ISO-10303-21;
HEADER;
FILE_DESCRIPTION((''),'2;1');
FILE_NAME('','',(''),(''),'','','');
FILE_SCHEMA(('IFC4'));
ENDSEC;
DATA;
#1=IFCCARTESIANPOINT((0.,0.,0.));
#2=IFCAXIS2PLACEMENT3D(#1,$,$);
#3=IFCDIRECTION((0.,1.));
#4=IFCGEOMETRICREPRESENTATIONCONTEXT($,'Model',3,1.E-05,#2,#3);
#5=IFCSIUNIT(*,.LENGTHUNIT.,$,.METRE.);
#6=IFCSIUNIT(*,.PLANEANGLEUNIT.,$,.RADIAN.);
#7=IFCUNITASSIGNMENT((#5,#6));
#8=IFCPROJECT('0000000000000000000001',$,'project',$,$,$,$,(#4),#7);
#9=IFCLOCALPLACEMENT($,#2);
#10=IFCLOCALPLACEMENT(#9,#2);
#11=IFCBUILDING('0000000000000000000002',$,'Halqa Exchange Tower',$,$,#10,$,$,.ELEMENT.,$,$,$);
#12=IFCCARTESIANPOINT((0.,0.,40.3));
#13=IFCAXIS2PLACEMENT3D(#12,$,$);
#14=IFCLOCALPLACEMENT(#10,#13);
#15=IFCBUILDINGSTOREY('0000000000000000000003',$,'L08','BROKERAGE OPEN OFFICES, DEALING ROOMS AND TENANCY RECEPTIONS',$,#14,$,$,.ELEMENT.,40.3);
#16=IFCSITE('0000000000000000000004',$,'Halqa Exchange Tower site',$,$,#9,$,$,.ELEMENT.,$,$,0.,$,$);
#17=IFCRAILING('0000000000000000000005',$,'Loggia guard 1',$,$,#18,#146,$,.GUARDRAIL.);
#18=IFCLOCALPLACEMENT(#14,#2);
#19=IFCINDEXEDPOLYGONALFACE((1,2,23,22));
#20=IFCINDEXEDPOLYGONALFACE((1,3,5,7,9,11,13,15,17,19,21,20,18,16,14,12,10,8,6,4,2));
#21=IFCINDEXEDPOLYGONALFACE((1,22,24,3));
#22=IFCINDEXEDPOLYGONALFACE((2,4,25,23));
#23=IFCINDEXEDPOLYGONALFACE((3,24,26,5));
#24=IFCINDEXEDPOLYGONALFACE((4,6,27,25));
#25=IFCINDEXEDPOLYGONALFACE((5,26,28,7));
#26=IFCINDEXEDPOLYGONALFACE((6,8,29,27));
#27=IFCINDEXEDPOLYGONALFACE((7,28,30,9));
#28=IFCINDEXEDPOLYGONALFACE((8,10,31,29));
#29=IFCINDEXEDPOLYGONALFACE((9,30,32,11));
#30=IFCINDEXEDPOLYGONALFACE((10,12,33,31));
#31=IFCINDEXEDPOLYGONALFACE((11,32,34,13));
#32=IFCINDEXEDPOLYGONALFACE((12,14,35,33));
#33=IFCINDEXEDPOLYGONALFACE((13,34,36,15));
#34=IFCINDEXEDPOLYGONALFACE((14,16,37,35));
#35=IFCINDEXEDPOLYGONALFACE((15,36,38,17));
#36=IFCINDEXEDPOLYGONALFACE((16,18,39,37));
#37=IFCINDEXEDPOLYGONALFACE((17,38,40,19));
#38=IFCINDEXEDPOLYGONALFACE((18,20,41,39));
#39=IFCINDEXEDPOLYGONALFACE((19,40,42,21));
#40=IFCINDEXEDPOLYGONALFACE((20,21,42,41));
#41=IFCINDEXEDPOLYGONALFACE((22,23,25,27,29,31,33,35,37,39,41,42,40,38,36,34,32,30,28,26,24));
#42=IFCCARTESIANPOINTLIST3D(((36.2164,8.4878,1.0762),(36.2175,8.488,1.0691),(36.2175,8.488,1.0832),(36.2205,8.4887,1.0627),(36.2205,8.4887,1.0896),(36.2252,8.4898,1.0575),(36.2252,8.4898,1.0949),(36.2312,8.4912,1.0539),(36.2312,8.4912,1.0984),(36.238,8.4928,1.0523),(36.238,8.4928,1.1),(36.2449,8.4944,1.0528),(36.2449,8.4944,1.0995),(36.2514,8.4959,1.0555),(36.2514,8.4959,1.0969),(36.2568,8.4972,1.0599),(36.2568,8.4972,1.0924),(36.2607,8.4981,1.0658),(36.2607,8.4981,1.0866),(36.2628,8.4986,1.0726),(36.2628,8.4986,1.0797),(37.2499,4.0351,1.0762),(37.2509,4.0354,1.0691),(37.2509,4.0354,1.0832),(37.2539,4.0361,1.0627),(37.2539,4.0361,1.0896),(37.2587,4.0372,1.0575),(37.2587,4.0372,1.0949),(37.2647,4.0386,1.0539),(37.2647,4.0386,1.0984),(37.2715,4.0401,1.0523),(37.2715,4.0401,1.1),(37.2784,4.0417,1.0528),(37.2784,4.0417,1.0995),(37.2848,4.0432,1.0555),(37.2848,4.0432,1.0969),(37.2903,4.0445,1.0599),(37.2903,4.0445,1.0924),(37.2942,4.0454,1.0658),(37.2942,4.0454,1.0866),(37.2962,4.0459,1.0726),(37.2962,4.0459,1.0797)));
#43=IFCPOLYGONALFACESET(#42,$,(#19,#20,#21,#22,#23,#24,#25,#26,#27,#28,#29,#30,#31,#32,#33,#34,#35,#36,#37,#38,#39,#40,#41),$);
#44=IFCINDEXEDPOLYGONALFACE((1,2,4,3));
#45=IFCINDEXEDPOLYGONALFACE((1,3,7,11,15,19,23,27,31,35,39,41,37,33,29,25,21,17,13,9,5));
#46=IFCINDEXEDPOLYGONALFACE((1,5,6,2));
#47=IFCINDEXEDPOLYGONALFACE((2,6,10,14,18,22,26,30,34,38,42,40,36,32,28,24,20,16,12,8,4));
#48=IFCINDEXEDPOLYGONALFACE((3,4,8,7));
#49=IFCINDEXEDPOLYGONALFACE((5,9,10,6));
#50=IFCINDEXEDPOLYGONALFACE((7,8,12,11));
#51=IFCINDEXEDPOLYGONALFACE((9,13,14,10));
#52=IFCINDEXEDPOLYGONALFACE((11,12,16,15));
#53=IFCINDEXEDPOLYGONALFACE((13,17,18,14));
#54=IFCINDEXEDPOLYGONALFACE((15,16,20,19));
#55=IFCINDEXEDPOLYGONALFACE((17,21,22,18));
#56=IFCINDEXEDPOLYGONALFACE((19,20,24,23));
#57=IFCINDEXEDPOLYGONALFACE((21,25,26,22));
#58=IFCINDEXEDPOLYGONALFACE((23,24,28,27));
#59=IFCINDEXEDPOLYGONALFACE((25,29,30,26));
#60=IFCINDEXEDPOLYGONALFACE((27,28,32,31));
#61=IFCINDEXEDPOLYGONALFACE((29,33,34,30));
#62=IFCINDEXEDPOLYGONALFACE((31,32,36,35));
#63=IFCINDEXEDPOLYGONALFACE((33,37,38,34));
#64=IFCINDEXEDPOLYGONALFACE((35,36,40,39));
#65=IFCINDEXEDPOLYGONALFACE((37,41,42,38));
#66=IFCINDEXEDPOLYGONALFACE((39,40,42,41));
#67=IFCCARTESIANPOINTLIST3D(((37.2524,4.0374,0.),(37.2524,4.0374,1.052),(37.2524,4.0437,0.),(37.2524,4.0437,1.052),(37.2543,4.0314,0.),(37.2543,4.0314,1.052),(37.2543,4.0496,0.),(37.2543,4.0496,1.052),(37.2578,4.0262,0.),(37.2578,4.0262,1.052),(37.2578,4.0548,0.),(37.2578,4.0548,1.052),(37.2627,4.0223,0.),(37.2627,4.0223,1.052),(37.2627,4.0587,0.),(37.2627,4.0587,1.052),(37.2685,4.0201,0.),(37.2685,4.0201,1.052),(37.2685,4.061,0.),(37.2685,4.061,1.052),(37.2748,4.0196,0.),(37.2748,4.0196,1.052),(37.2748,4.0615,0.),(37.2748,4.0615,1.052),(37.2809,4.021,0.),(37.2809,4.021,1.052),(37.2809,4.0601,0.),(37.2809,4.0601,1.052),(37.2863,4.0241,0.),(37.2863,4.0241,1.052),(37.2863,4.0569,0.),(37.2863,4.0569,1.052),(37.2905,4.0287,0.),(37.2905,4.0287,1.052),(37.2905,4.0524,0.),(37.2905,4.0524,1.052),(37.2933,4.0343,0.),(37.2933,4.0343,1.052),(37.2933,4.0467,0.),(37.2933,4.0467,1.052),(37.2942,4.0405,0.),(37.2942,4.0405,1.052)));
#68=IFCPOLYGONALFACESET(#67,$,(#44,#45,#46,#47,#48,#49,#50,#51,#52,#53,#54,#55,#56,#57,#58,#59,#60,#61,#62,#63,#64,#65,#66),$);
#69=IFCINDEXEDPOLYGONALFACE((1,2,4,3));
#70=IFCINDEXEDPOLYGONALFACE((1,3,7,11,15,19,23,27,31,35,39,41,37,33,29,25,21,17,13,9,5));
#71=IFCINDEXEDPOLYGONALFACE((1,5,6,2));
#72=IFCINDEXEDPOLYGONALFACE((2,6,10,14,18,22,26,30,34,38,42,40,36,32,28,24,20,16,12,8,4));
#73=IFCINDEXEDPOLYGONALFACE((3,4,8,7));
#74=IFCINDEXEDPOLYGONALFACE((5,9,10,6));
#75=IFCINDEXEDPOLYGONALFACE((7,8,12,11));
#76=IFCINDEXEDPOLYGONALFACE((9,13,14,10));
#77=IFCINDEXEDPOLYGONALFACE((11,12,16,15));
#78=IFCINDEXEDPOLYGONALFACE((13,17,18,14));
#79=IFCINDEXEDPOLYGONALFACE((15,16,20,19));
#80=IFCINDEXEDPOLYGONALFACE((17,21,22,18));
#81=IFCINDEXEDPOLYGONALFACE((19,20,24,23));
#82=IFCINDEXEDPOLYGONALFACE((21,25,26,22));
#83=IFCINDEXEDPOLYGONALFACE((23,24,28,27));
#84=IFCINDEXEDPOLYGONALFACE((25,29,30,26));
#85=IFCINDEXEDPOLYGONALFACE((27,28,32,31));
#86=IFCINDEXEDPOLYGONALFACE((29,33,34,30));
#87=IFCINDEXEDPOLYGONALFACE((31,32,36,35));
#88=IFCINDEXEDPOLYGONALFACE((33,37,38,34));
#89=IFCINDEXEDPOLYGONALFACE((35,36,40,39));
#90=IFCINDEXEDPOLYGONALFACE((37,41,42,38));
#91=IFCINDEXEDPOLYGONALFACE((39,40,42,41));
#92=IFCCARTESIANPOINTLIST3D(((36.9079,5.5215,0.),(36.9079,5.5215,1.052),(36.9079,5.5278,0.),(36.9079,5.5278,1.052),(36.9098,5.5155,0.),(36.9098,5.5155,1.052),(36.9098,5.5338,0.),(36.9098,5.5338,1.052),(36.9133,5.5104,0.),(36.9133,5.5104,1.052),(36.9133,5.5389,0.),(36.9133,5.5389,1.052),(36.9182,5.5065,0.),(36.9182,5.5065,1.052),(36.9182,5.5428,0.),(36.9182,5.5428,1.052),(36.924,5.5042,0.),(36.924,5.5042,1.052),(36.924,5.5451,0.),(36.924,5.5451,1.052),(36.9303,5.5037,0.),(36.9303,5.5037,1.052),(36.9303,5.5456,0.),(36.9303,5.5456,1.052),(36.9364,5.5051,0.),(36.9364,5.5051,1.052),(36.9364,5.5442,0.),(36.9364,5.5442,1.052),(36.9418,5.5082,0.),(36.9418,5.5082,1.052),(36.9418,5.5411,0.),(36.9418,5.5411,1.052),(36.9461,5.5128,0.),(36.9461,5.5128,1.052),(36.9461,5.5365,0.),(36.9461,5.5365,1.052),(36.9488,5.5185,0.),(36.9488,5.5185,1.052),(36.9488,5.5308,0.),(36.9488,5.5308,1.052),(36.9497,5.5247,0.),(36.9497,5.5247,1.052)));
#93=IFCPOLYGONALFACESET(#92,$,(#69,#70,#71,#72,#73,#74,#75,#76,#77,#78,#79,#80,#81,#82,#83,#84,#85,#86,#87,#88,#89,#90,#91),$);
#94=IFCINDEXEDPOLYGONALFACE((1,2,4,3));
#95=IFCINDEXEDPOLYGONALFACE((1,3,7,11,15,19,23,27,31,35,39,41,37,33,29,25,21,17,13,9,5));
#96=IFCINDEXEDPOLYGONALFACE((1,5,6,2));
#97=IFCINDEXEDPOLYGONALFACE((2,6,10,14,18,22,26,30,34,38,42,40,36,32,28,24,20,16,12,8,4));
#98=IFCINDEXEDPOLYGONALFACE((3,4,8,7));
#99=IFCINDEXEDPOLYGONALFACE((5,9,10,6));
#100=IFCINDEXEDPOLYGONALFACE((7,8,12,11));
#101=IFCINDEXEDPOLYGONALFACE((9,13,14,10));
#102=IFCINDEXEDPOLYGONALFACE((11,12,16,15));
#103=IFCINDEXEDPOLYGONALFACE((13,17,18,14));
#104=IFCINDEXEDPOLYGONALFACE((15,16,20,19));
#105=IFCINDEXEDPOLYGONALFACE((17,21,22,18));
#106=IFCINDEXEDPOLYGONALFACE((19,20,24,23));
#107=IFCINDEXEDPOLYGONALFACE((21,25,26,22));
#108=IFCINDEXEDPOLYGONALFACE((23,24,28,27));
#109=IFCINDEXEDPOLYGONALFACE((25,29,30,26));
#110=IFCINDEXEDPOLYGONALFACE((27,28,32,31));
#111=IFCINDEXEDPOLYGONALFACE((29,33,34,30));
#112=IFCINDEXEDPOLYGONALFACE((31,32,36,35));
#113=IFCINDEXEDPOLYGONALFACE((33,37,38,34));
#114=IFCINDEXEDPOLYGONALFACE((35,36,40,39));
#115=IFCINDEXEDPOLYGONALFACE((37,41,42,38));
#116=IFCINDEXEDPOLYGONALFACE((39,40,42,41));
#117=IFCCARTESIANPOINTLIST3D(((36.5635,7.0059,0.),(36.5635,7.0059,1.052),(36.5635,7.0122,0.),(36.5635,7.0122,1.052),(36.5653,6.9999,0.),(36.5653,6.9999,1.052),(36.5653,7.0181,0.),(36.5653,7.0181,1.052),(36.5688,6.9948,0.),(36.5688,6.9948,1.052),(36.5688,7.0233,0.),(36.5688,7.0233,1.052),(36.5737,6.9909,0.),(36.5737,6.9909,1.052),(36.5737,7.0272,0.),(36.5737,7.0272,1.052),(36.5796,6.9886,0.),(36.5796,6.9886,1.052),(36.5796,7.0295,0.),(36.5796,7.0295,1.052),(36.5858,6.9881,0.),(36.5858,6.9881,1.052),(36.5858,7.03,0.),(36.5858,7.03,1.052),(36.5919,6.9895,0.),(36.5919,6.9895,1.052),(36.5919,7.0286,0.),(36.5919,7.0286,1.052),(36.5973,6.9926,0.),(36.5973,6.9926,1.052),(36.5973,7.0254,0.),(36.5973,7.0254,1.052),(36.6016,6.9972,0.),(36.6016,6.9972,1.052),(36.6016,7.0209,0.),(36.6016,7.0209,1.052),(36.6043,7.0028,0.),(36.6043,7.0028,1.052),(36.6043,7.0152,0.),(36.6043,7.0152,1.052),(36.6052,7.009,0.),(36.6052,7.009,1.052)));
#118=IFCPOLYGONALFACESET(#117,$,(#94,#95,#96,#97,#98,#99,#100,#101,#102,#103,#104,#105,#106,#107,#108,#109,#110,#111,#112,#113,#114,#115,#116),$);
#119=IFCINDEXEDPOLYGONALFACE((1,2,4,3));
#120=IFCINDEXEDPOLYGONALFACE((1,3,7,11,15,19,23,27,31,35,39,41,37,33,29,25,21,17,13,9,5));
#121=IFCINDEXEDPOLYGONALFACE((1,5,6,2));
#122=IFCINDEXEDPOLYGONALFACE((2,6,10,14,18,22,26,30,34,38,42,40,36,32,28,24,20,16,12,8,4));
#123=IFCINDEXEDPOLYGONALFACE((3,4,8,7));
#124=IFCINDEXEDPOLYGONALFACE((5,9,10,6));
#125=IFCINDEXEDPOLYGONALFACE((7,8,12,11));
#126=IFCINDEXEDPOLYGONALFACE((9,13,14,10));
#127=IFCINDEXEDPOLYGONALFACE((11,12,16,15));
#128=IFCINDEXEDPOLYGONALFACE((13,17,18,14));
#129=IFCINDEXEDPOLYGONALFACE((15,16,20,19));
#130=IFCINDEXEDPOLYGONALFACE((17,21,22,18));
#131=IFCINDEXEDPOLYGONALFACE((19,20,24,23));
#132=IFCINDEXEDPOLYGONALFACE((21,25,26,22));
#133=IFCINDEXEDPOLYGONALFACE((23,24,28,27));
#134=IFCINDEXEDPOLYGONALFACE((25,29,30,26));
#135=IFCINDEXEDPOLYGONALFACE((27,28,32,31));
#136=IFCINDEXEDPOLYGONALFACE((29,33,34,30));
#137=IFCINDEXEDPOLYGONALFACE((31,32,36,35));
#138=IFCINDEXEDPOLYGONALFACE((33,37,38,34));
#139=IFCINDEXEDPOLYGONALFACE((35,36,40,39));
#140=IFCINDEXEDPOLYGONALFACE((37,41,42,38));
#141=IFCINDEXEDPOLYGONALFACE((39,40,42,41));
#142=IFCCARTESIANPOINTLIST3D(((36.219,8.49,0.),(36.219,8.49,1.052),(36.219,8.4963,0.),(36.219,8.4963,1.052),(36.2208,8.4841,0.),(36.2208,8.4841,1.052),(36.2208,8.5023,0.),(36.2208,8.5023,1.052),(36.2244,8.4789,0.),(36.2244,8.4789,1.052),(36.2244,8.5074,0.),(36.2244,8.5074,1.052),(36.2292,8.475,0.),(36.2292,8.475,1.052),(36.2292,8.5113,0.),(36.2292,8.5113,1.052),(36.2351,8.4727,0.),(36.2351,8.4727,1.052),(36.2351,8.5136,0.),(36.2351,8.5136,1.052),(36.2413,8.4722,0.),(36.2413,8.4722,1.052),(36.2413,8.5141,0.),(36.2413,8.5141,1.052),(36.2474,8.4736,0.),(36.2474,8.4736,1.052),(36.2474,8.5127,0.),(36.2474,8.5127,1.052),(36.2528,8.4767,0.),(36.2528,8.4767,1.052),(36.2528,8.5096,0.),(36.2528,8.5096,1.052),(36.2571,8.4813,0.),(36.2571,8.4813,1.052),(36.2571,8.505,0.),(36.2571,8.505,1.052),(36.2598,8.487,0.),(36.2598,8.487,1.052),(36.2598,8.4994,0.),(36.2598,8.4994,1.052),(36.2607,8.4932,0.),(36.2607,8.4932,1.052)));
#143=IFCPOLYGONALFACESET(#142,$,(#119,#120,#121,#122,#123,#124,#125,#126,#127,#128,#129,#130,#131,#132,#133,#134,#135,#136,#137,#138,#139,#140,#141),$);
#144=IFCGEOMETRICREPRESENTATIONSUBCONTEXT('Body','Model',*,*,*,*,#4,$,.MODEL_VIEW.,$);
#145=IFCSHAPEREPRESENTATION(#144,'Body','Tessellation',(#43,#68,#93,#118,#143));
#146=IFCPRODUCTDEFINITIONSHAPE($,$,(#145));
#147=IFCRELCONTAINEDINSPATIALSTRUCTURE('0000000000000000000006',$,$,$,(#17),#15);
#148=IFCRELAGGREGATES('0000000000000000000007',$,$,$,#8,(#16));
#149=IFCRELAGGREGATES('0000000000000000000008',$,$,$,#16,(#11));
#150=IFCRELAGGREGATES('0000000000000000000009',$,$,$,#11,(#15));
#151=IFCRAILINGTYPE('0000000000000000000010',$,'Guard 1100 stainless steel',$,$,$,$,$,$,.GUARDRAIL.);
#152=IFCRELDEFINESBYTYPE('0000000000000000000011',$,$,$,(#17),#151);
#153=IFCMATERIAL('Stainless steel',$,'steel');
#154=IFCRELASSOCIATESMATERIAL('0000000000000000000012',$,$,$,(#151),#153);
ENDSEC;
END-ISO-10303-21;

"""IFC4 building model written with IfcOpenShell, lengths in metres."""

from ifc_helpers import new_model, si_unit, direction, frame, origin, origin_2d, place, context, subcontext, project, spatial, circle, extrude, material, type_object, element, save


model = new_model("IFC4")

# Units and contexts
model_context = context("Model", 3, precision=1e-05, world=origin(), true_north=direction((0.0, 1.0)))
body_context = subcontext(model_context, "Body", "Model", "MODEL_VIEW")
ifc_project = project(units=[si_unit("LENGTHUNIT", "METRE"), si_unit("PLANEANGLEUNIT", "RADIAN")], contexts=[model_context])

# Site, building, storey
site_placement = place(None, origin())
site = spatial("IfcSite", under=ifc_project, at=site_placement, Name="Halqa Exchange Tower site", CompositionType="ELEMENT", RefElevation=0.0)
building_placement = place(site_placement, origin())
building = spatial("IfcBuilding", under=site, at=building_placement, Name="Halqa Exchange Tower", CompositionType="ELEMENT")
storey_placement = place(building_placement, frame((0.0, 0.0, 40.3)))
storey = spatial("IfcBuildingStorey", under=building, at=storey_placement, Name="L08", Description="BROKERAGE OPEN OFFICES, DEALING ROOMS AND TENANCY RECEPTIONS", CompositionType="ELEMENT", Elevation=40.3)

# Railing
ifc_material_1 = material(Name="Stainless steel", Category="steel")
railing_type = type_object("IfcRailingType", Name="Guard 1100 stainless steel", PredefinedType="GUARDRAIL", material=ifc_material_1)
railing_placement = place(storey_placement, frame((37.2732, 4.0405, 0.0)))
element("IfcRailing", 1, at=railing_placement, inside=storey, type_object=railing_type, Name="Loggia guard 1", PredefinedType="GUARDRAIL", context=body_context, shape_type="SweptSolid", body=[
    extrude(circle(Radius=0.0239, at=origin_2d()), frame((0.0, 0.0, 1.0762), z_axis=(-0.226088, 0.974107, 0.0), x_axis=(-0.974107, -0.226088, 0.0)), (0.0, 0.0, 1.0), 4.571),
    extrude(circle(Radius=0.021, at=origin_2d()), origin(), (0.0, 0.0, 1.0), 1.052),
    extrude(circle(Radius=0.021, at=origin_2d()), frame((-0.3445, 1.4841, 0.0)), (0.0, 0.0, 1.0), 1.052),
    extrude(circle(Radius=0.021, at=origin_2d()), frame((-0.689, 2.9685, 0.0)), (0.0, 0.0, 1.0), 1.052),
    extrude(circle(Radius=0.021, at=origin_2d()), frame((-1.0334, 4.4526, 0.0)), (0.0, 0.0, 1.0), 1.052),
])

save(model, "model.ifc")
